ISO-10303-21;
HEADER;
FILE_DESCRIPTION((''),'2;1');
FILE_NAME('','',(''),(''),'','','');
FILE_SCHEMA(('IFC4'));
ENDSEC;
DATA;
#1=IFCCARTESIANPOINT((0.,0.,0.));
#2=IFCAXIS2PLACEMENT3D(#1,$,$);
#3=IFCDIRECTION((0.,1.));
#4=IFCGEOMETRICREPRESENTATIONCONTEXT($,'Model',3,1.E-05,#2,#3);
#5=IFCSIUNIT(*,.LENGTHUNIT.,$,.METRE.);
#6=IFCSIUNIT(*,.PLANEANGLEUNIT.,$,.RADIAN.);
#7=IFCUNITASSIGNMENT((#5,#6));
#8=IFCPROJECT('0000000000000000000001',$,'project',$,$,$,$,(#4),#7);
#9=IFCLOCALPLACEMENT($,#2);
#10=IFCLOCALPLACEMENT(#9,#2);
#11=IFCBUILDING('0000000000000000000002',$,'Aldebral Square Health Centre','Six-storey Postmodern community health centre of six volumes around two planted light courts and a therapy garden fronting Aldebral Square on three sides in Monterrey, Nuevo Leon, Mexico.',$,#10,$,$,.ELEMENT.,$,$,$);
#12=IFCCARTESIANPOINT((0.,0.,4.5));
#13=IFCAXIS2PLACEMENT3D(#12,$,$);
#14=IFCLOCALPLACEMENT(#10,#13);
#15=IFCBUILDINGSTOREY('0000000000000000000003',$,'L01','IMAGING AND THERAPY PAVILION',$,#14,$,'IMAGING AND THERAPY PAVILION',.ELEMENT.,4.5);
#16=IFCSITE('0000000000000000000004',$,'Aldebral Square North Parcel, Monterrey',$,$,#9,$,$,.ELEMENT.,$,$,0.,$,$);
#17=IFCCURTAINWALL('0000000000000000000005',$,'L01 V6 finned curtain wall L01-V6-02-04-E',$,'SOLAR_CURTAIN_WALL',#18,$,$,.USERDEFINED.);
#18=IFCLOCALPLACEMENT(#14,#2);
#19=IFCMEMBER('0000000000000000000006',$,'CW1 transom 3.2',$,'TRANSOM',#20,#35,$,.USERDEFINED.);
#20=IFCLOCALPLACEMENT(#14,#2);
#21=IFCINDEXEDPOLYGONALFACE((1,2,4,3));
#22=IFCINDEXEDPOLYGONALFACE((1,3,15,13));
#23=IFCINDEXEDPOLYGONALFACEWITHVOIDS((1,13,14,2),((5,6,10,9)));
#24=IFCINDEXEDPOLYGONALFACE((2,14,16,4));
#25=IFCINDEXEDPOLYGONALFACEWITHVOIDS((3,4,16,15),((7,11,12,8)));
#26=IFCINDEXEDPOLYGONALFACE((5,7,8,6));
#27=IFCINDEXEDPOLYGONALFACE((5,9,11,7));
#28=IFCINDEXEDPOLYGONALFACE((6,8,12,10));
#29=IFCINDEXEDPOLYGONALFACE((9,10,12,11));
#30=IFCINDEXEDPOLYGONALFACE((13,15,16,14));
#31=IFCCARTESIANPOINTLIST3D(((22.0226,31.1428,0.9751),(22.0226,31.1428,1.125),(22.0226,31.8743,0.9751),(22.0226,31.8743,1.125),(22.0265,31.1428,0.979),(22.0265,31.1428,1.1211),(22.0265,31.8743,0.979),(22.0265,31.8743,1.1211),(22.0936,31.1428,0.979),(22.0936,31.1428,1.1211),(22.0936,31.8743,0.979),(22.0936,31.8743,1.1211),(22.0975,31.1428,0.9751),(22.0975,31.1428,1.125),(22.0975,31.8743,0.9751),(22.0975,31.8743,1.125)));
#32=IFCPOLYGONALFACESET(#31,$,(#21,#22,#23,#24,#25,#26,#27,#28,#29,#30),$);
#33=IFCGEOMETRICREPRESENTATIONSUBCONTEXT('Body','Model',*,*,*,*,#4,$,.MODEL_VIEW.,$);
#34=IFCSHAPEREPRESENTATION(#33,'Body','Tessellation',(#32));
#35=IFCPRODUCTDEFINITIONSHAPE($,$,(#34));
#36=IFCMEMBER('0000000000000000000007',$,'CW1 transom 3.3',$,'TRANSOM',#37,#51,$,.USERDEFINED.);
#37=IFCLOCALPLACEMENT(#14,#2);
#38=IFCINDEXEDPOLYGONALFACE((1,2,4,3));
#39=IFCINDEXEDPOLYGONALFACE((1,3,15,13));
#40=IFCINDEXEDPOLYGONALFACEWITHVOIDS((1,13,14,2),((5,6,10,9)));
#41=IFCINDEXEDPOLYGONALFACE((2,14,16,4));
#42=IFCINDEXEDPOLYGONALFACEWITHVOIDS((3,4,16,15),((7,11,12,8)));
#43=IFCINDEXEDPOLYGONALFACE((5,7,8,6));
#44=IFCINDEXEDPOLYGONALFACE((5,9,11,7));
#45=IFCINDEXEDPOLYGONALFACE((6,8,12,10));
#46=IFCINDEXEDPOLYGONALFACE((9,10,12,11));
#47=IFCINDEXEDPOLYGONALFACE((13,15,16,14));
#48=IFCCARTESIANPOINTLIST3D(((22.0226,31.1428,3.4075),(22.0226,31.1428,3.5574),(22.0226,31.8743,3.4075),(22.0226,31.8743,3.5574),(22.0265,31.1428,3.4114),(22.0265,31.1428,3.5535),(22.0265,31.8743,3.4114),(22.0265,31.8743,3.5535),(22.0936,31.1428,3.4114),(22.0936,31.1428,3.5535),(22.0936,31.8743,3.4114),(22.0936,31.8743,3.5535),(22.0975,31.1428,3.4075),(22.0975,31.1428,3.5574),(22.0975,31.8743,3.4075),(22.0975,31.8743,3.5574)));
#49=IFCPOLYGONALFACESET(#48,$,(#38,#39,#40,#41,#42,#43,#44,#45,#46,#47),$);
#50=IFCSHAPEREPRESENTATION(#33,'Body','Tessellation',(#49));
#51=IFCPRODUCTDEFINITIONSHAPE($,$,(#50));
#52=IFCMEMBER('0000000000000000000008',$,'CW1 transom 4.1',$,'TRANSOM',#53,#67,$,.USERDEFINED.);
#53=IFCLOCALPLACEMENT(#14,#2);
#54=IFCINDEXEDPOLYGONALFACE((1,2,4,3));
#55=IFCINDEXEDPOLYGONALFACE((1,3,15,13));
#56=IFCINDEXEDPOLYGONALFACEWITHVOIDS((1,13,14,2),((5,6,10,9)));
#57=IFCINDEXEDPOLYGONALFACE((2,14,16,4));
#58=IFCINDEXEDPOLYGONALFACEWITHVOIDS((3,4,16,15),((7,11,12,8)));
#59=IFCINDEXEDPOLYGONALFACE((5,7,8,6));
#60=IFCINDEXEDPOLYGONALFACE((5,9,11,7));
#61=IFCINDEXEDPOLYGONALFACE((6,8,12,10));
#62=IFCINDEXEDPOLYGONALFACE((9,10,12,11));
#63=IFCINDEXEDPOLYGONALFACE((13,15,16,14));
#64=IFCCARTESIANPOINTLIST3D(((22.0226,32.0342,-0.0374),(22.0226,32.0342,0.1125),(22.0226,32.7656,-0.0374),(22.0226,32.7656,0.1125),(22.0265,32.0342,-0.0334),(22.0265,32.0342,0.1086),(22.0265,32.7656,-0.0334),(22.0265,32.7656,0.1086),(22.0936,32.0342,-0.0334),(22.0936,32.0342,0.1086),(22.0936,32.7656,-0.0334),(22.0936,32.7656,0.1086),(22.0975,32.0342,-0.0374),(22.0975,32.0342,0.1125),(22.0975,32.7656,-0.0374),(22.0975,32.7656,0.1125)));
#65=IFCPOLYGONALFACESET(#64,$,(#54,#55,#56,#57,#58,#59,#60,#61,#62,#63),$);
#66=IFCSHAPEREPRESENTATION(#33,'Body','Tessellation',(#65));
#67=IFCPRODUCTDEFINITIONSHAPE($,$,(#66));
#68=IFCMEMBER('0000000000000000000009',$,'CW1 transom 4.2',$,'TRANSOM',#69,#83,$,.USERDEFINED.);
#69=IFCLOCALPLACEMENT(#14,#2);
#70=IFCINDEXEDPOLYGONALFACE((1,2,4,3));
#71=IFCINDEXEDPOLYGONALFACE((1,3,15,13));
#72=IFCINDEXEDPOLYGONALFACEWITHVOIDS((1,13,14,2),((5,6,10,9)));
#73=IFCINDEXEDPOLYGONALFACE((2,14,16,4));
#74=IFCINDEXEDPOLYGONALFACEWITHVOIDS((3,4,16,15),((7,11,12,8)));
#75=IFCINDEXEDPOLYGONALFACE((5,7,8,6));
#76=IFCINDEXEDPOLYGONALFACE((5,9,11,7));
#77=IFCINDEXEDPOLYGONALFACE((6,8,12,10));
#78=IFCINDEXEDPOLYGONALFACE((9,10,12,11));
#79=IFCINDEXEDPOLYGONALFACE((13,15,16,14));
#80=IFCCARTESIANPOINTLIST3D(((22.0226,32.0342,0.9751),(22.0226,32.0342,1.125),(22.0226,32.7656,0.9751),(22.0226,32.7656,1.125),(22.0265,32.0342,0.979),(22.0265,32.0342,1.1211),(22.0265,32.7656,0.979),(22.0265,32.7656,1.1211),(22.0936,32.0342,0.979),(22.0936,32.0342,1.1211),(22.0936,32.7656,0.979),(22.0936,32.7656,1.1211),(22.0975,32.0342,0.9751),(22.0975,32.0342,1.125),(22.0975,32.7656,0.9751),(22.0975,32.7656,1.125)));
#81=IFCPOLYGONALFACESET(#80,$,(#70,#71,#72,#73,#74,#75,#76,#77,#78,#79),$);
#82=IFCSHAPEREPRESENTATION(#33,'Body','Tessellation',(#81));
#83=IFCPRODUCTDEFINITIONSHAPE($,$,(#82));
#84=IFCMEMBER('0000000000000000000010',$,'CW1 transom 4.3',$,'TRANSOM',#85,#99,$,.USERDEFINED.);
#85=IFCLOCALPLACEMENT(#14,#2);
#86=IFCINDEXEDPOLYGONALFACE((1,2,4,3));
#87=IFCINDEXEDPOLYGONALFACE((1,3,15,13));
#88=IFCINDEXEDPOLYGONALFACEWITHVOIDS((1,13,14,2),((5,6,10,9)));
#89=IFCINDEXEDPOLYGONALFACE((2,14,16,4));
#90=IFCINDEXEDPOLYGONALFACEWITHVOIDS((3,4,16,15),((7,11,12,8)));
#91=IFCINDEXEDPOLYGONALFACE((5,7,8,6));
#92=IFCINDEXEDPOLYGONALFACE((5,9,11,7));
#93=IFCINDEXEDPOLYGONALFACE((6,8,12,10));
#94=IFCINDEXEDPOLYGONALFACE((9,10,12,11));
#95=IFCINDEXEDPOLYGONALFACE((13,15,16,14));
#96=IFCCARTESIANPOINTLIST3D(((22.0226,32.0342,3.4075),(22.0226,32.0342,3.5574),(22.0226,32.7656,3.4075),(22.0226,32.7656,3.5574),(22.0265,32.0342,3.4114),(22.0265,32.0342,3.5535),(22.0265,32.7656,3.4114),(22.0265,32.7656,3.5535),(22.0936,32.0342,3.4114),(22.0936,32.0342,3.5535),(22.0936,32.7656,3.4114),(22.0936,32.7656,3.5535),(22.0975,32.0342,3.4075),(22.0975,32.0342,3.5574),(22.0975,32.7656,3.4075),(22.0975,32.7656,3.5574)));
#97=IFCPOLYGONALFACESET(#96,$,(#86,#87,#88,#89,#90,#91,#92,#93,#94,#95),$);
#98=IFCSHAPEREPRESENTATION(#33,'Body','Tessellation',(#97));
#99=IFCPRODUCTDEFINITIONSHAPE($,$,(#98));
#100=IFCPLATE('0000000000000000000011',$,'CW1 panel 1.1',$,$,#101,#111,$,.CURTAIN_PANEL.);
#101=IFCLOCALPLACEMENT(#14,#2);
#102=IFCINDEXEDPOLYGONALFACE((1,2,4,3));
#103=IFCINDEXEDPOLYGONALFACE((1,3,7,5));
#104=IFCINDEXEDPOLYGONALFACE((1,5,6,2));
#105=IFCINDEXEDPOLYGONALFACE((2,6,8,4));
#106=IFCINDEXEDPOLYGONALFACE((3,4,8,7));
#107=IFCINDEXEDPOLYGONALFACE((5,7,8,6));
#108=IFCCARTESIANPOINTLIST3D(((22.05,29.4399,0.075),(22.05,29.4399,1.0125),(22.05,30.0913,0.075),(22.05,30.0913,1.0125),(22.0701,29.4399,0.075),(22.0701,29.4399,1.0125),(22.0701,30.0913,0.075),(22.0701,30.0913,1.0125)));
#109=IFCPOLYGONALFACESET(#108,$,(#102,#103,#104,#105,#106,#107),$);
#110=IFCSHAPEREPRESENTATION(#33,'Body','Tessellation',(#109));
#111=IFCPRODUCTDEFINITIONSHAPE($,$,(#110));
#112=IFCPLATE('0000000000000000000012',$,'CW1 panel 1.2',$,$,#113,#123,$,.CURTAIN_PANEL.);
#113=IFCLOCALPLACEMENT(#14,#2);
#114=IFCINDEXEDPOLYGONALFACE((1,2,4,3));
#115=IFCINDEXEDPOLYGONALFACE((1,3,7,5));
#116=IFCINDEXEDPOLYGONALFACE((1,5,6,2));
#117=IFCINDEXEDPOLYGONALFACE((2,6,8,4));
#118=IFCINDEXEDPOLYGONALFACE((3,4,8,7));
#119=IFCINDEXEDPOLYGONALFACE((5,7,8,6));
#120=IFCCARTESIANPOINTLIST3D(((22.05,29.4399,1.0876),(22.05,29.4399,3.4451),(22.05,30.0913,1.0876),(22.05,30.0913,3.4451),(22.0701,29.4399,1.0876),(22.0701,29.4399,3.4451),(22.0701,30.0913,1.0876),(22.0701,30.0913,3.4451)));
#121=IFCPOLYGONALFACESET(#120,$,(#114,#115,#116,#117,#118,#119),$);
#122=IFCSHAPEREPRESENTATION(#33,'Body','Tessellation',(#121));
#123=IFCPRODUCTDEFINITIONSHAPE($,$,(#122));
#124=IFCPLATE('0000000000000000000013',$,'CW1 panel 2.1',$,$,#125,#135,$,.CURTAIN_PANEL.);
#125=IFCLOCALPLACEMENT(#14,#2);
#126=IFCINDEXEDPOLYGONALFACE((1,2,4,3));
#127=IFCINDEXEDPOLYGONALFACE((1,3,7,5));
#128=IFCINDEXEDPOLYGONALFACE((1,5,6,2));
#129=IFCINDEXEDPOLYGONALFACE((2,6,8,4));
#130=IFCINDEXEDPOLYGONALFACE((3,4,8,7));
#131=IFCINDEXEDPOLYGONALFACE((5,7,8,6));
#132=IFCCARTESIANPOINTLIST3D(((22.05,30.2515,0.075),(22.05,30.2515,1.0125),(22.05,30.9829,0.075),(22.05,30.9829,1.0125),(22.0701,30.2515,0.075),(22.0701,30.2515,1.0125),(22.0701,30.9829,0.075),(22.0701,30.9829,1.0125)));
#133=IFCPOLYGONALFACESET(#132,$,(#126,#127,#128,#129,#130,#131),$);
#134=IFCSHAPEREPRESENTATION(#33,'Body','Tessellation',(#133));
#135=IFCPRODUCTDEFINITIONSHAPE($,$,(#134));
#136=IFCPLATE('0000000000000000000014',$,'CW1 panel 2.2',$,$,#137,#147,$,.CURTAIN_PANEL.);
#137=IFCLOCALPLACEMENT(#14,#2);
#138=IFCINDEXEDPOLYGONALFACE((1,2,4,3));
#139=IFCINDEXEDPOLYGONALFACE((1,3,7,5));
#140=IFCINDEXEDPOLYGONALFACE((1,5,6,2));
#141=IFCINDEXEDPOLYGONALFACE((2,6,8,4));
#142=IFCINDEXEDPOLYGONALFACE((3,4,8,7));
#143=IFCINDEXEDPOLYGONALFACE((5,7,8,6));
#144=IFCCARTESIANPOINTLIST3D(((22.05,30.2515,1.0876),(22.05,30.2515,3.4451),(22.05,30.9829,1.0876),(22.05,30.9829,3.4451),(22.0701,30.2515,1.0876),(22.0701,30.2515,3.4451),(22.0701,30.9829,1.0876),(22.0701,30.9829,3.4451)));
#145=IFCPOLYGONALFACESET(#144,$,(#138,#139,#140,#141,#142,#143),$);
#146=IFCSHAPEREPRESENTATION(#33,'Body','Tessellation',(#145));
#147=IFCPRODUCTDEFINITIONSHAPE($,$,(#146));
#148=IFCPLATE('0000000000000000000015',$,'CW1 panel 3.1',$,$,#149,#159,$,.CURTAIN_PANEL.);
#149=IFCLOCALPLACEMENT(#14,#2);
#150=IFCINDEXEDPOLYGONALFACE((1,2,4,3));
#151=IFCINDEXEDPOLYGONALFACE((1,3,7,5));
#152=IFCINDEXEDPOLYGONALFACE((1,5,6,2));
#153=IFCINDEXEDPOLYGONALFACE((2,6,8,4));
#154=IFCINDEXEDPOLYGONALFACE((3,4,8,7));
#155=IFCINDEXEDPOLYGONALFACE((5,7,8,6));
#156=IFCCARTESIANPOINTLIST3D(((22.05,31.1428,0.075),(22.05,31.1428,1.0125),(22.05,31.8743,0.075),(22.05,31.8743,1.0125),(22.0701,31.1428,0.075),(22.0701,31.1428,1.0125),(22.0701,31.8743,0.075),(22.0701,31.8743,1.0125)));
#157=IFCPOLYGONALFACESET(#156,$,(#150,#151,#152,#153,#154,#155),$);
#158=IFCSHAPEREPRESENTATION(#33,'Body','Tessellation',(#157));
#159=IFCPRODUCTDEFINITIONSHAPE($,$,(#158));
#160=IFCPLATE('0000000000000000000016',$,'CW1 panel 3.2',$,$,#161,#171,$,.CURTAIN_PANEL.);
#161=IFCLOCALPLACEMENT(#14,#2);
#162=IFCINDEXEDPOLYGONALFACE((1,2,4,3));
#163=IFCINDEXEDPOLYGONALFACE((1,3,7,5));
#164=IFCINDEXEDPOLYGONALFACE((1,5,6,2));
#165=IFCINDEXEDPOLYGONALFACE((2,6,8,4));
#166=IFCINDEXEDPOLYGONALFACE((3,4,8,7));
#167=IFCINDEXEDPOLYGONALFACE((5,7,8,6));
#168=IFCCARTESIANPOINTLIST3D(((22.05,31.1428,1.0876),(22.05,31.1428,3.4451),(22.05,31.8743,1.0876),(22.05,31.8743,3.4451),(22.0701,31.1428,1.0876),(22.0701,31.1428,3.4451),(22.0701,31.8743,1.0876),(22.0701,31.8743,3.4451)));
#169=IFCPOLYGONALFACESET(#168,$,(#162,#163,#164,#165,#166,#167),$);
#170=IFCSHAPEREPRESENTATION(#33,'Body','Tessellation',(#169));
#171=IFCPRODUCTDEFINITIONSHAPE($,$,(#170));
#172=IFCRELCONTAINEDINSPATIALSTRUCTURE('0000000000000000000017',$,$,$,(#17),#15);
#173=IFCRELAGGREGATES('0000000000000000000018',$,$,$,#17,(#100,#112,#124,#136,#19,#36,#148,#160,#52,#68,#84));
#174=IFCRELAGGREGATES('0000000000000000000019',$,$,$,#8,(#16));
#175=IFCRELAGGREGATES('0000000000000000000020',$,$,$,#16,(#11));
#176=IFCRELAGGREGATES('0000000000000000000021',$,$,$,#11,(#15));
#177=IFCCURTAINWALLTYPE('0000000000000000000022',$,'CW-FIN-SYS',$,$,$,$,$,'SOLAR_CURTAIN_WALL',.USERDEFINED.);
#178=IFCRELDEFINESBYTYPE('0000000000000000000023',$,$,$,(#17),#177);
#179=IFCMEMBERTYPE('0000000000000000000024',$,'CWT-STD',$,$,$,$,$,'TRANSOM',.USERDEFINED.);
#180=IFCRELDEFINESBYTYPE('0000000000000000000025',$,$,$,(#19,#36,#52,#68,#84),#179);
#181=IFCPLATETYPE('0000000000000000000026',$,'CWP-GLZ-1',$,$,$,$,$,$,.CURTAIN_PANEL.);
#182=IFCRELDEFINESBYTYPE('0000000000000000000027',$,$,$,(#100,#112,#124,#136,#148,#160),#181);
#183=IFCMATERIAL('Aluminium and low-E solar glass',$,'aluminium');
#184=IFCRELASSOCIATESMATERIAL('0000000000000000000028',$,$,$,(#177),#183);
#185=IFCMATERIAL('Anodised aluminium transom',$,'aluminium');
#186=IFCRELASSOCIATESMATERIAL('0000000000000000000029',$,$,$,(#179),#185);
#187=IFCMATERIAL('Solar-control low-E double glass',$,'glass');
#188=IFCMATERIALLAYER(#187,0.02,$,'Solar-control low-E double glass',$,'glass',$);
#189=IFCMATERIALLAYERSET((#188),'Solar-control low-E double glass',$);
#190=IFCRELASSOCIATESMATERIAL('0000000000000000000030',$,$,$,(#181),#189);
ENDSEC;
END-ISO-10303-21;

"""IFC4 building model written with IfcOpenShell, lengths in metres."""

from ifc_helpers import new_model, si_unit, direction, frame, origin, origin_2d, place, context, subcontext, project, spatial, rectangle, hollow_rectangle, extrude, material, layer, layer_set, material_profile, profile_set, type_object, element, aggregate, save


model = new_model("IFC4")

# Units and contexts
model_context = context("Model", 3, precision=1e-05, world=origin(), true_north=direction((0.0, 1.0)))
body_context = subcontext(model_context, "Body", "Model", "MODEL_VIEW")
ifc_project = project(units=[si_unit("LENGTHUNIT", "METRE"), si_unit("PLANEANGLEUNIT", "RADIAN")], contexts=[model_context])

# Site, building, storey
site_placement = place(None, origin())
site = spatial("IfcSite", under=ifc_project, at=site_placement, Name="Aldebral Square North Parcel, Monterrey", CompositionType="ELEMENT", RefElevation=0.0)
building_placement = place(site_placement, origin())
building = spatial("IfcBuilding", under=site, at=building_placement, Name="Aldebral Square Health Centre", Description="Six-storey Postmodern community health centre of six volumes around two planted light courts and a therapy garden fronting Aldebral Square on three sides in Monterrey, Nuevo Leon, Mexico.", CompositionType="ELEMENT")
storey_placement = place(building_placement, frame((0.0, 0.0, 4.5)))
storey = spatial("IfcBuildingStorey", under=building, at=storey_placement, Name="L01", Description="IMAGING AND THERAPY PAVILION", LongName="IMAGING AND THERAPY PAVILION", CompositionType="ELEMENT", Elevation=4.5)

# Curtain wall, members, plates
ifc_material_1 = material(Name="Aluminium and low-E solar glass", Category="aluminium")
curtain_wall_type = type_object("IfcCurtainWallType", Name="CW-FIN-SYS", ElementType="SOLAR_CURTAIN_WALL", PredefinedType="USERDEFINED", material=ifc_material_1)
curtain_wall_placement = place(storey_placement, origin())
curtain_wall = element("IfcCurtainWall", 1, at=curtain_wall_placement, inside=storey, type_object=curtain_wall_type, Name="L01 V6 finned curtain wall L01-V6-02-04-E", ObjectType="SOLAR_CURTAIN_WALL", PredefinedType="USERDEFINED")
ifc_material_2 = material(Name="Anodised aluminium transom", Category="aluminium")
ifc_material_profile_1 = material_profile(ifc_material_2, hollow_rectangle(XDim=0.075, YDim=0.1499, WallThickness=0.0039, at=origin_2d()), Name="CWT 75x150x4")
ifc_profile_set_1 = profile_set([ifc_material_profile_1], Name="Anodised aluminium transom")
member_type_1 = type_object("IfcMemberType", Name="CWT-STD", ElementType="TRANSOM", PredefinedType="USERDEFINED", material=ifc_profile_set_1)
member_1_placement = place(storey_placement, frame((22.0601, 31.1428, 1.05), z_axis=(0.0, 1.0, 0.0), x_axis=(-1.0, 0.0, 0.0)))
member_1 = element("IfcMember", 2, at=member_1_placement, type_object=member_type_1, Name="CW1 transom 3.2", ObjectType="TRANSOM", PredefinedType="USERDEFINED", context=body_context, shape_type="SweptSolid", body=[
    extrude(hollow_rectangle(XDim=0.075, YDim=0.1499, WallThickness=0.0039, at=origin_2d()), origin(), (0.0, 0.0, 1.0), 0.7314),
])
member_2_placement = place(storey_placement, frame((22.0601, 31.1428, 3.4824), z_axis=(0.0, 1.0, 0.0), x_axis=(-1.0, 0.0, 0.0)))
member_2 = element("IfcMember", 3, at=member_2_placement, type_object=member_type_1, Name="CW1 transom 3.3", ObjectType="TRANSOM", PredefinedType="USERDEFINED", context=body_context, shape_type="SweptSolid", body=[
    extrude(hollow_rectangle(XDim=0.075, YDim=0.1499, WallThickness=0.0039, at=origin_2d()), origin(), (0.0, 0.0, 1.0), 0.7314),
])
member_3_placement = place(storey_placement, frame((22.0601, 32.0342, 0.0376), z_axis=(0.0, 1.0, 0.0), x_axis=(-1.0, 0.0, 0.0)))
member_3 = element("IfcMember", 4, at=member_3_placement, type_object=member_type_1, Name="CW1 transom 4.1", ObjectType="TRANSOM", PredefinedType="USERDEFINED", context=body_context, shape_type="SweptSolid", body=[
    extrude(hollow_rectangle(XDim=0.075, YDim=0.1499, WallThickness=0.0039, at=origin_2d()), origin(), (0.0, 0.0, 1.0), 0.7314),
])
member_4_placement = place(storey_placement, frame((22.0601, 32.0342, 1.05), z_axis=(0.0, 1.0, 0.0), x_axis=(-1.0, 0.0, 0.0)))
member_4 = element("IfcMember", 5, at=member_4_placement, type_object=member_type_1, Name="CW1 transom 4.2", ObjectType="TRANSOM", PredefinedType="USERDEFINED", context=body_context, shape_type="SweptSolid", body=[
    extrude(hollow_rectangle(XDim=0.075, YDim=0.1499, WallThickness=0.0039, at=origin_2d()), origin(), (0.0, 0.0, 1.0), 0.7314),
])
member_5_placement = place(storey_placement, frame((22.0601, 32.0342, 3.4824), z_axis=(0.0, 1.0, 0.0), x_axis=(-1.0, 0.0, 0.0)))
member_5 = element("IfcMember", 6, at=member_5_placement, type_object=member_type_1, Name="CW1 transom 4.3", ObjectType="TRANSOM", PredefinedType="USERDEFINED", context=body_context, shape_type="SweptSolid", body=[
    extrude(hollow_rectangle(XDim=0.075, YDim=0.1499, WallThickness=0.0039, at=origin_2d()), origin(), (0.0, 0.0, 1.0), 0.7314),
])
ifc_material_3 = material(Name="Solar-control low-E double glass", Category="glass")
ifc_layer = layer(ifc_material_3, 0.02, Name="Solar-control low-E double glass", Category="glass")
ifc_layer_set = layer_set([ifc_layer], Name="Solar-control low-E double glass")
plate_type = type_object("IfcPlateType", Name="CWP-GLZ-1", PredefinedType="CURTAIN_PANEL", material=ifc_layer_set)
plate_1_placement = place(storey_placement, frame((22.0601, 29.7656, 0.075), z_axis=(0.0, 0.0, 1.0), x_axis=(0.0, 1.0, 0.0)))
plate_1 = element("IfcPlate", 7, at=plate_1_placement, type_object=plate_type, Name="CW1 panel 1.1", PredefinedType="CURTAIN_PANEL", context=body_context, shape_type="SweptSolid", body=[
    extrude(rectangle(XDim=0.6514, YDim=0.02, at=origin_2d()), origin(), (0.0, 0.0, 1.0), 0.9375),
])
plate_2_placement = place(storey_placement, frame((22.0601, 29.7656, 1.0876), z_axis=(0.0, 0.0, 1.0), x_axis=(0.0, 1.0, 0.0)))
plate_2 = element("IfcPlate", 8, at=plate_2_placement, type_object=plate_type, Name="CW1 panel 1.2", PredefinedType="CURTAIN_PANEL", context=body_context, shape_type="SweptSolid", body=[
    extrude(rectangle(XDim=0.6514, YDim=0.02, at=origin_2d()), origin(), (0.0, 0.0, 1.0), 2.3574),
])
plate_3_placement = place(storey_placement, frame((22.0601, 30.6172, 0.075), z_axis=(0.0, 0.0, 1.0), x_axis=(0.0, 1.0, 0.0)))
plate_3 = element("IfcPlate", 9, at=plate_3_placement, type_object=plate_type, Name="CW1 panel 2.1", PredefinedType="CURTAIN_PANEL", context=body_context, shape_type="SweptSolid", body=[
    extrude(rectangle(XDim=0.7314, YDim=0.02, at=origin_2d()), origin(), (0.0, 0.0, 1.0), 0.9375),
])
plate_4_placement = place(storey_placement, frame((22.0601, 30.6172, 1.0876), z_axis=(0.0, 0.0, 1.0), x_axis=(0.0, 1.0, 0.0)))
plate_4 = element("IfcPlate", 10, at=plate_4_placement, type_object=plate_type, Name="CW1 panel 2.2", PredefinedType="CURTAIN_PANEL", context=body_context, shape_type="SweptSolid", body=[
    extrude(rectangle(XDim=0.7314, YDim=0.02, at=origin_2d()), origin(), (0.0, 0.0, 1.0), 2.3574),
])
plate_5_placement = place(storey_placement, frame((22.0601, 31.5085, 0.075), z_axis=(0.0, 0.0, 1.0), x_axis=(0.0, 1.0, 0.0)))
plate_5 = element("IfcPlate", 11, at=plate_5_placement, type_object=plate_type, Name="CW1 panel 3.1", PredefinedType="CURTAIN_PANEL", context=body_context, shape_type="SweptSolid", body=[
    extrude(rectangle(XDim=0.7314, YDim=0.02, at=origin_2d()), origin(), (0.0, 0.0, 1.0), 0.9375),
])
plate_6_placement = place(storey_placement, frame((22.0601, 31.5085, 1.0876), z_axis=(0.0, 0.0, 1.0), x_axis=(0.0, 1.0, 0.0)))
plate_6 = element("IfcPlate", 12, at=plate_6_placement, type_object=plate_type, Name="CW1 panel 3.2", PredefinedType="CURTAIN_PANEL", context=body_context, shape_type="SweptSolid", body=[
    extrude(rectangle(XDim=0.7314, YDim=0.02, at=origin_2d()), origin(), (0.0, 0.0, 1.0), 2.3574),
])
aggregate(curtain_wall, [plate_1, plate_2, plate_3, plate_4, member_1, member_2, plate_5, plate_6, member_3, member_4, member_5])

save(model, "model.ifc")
